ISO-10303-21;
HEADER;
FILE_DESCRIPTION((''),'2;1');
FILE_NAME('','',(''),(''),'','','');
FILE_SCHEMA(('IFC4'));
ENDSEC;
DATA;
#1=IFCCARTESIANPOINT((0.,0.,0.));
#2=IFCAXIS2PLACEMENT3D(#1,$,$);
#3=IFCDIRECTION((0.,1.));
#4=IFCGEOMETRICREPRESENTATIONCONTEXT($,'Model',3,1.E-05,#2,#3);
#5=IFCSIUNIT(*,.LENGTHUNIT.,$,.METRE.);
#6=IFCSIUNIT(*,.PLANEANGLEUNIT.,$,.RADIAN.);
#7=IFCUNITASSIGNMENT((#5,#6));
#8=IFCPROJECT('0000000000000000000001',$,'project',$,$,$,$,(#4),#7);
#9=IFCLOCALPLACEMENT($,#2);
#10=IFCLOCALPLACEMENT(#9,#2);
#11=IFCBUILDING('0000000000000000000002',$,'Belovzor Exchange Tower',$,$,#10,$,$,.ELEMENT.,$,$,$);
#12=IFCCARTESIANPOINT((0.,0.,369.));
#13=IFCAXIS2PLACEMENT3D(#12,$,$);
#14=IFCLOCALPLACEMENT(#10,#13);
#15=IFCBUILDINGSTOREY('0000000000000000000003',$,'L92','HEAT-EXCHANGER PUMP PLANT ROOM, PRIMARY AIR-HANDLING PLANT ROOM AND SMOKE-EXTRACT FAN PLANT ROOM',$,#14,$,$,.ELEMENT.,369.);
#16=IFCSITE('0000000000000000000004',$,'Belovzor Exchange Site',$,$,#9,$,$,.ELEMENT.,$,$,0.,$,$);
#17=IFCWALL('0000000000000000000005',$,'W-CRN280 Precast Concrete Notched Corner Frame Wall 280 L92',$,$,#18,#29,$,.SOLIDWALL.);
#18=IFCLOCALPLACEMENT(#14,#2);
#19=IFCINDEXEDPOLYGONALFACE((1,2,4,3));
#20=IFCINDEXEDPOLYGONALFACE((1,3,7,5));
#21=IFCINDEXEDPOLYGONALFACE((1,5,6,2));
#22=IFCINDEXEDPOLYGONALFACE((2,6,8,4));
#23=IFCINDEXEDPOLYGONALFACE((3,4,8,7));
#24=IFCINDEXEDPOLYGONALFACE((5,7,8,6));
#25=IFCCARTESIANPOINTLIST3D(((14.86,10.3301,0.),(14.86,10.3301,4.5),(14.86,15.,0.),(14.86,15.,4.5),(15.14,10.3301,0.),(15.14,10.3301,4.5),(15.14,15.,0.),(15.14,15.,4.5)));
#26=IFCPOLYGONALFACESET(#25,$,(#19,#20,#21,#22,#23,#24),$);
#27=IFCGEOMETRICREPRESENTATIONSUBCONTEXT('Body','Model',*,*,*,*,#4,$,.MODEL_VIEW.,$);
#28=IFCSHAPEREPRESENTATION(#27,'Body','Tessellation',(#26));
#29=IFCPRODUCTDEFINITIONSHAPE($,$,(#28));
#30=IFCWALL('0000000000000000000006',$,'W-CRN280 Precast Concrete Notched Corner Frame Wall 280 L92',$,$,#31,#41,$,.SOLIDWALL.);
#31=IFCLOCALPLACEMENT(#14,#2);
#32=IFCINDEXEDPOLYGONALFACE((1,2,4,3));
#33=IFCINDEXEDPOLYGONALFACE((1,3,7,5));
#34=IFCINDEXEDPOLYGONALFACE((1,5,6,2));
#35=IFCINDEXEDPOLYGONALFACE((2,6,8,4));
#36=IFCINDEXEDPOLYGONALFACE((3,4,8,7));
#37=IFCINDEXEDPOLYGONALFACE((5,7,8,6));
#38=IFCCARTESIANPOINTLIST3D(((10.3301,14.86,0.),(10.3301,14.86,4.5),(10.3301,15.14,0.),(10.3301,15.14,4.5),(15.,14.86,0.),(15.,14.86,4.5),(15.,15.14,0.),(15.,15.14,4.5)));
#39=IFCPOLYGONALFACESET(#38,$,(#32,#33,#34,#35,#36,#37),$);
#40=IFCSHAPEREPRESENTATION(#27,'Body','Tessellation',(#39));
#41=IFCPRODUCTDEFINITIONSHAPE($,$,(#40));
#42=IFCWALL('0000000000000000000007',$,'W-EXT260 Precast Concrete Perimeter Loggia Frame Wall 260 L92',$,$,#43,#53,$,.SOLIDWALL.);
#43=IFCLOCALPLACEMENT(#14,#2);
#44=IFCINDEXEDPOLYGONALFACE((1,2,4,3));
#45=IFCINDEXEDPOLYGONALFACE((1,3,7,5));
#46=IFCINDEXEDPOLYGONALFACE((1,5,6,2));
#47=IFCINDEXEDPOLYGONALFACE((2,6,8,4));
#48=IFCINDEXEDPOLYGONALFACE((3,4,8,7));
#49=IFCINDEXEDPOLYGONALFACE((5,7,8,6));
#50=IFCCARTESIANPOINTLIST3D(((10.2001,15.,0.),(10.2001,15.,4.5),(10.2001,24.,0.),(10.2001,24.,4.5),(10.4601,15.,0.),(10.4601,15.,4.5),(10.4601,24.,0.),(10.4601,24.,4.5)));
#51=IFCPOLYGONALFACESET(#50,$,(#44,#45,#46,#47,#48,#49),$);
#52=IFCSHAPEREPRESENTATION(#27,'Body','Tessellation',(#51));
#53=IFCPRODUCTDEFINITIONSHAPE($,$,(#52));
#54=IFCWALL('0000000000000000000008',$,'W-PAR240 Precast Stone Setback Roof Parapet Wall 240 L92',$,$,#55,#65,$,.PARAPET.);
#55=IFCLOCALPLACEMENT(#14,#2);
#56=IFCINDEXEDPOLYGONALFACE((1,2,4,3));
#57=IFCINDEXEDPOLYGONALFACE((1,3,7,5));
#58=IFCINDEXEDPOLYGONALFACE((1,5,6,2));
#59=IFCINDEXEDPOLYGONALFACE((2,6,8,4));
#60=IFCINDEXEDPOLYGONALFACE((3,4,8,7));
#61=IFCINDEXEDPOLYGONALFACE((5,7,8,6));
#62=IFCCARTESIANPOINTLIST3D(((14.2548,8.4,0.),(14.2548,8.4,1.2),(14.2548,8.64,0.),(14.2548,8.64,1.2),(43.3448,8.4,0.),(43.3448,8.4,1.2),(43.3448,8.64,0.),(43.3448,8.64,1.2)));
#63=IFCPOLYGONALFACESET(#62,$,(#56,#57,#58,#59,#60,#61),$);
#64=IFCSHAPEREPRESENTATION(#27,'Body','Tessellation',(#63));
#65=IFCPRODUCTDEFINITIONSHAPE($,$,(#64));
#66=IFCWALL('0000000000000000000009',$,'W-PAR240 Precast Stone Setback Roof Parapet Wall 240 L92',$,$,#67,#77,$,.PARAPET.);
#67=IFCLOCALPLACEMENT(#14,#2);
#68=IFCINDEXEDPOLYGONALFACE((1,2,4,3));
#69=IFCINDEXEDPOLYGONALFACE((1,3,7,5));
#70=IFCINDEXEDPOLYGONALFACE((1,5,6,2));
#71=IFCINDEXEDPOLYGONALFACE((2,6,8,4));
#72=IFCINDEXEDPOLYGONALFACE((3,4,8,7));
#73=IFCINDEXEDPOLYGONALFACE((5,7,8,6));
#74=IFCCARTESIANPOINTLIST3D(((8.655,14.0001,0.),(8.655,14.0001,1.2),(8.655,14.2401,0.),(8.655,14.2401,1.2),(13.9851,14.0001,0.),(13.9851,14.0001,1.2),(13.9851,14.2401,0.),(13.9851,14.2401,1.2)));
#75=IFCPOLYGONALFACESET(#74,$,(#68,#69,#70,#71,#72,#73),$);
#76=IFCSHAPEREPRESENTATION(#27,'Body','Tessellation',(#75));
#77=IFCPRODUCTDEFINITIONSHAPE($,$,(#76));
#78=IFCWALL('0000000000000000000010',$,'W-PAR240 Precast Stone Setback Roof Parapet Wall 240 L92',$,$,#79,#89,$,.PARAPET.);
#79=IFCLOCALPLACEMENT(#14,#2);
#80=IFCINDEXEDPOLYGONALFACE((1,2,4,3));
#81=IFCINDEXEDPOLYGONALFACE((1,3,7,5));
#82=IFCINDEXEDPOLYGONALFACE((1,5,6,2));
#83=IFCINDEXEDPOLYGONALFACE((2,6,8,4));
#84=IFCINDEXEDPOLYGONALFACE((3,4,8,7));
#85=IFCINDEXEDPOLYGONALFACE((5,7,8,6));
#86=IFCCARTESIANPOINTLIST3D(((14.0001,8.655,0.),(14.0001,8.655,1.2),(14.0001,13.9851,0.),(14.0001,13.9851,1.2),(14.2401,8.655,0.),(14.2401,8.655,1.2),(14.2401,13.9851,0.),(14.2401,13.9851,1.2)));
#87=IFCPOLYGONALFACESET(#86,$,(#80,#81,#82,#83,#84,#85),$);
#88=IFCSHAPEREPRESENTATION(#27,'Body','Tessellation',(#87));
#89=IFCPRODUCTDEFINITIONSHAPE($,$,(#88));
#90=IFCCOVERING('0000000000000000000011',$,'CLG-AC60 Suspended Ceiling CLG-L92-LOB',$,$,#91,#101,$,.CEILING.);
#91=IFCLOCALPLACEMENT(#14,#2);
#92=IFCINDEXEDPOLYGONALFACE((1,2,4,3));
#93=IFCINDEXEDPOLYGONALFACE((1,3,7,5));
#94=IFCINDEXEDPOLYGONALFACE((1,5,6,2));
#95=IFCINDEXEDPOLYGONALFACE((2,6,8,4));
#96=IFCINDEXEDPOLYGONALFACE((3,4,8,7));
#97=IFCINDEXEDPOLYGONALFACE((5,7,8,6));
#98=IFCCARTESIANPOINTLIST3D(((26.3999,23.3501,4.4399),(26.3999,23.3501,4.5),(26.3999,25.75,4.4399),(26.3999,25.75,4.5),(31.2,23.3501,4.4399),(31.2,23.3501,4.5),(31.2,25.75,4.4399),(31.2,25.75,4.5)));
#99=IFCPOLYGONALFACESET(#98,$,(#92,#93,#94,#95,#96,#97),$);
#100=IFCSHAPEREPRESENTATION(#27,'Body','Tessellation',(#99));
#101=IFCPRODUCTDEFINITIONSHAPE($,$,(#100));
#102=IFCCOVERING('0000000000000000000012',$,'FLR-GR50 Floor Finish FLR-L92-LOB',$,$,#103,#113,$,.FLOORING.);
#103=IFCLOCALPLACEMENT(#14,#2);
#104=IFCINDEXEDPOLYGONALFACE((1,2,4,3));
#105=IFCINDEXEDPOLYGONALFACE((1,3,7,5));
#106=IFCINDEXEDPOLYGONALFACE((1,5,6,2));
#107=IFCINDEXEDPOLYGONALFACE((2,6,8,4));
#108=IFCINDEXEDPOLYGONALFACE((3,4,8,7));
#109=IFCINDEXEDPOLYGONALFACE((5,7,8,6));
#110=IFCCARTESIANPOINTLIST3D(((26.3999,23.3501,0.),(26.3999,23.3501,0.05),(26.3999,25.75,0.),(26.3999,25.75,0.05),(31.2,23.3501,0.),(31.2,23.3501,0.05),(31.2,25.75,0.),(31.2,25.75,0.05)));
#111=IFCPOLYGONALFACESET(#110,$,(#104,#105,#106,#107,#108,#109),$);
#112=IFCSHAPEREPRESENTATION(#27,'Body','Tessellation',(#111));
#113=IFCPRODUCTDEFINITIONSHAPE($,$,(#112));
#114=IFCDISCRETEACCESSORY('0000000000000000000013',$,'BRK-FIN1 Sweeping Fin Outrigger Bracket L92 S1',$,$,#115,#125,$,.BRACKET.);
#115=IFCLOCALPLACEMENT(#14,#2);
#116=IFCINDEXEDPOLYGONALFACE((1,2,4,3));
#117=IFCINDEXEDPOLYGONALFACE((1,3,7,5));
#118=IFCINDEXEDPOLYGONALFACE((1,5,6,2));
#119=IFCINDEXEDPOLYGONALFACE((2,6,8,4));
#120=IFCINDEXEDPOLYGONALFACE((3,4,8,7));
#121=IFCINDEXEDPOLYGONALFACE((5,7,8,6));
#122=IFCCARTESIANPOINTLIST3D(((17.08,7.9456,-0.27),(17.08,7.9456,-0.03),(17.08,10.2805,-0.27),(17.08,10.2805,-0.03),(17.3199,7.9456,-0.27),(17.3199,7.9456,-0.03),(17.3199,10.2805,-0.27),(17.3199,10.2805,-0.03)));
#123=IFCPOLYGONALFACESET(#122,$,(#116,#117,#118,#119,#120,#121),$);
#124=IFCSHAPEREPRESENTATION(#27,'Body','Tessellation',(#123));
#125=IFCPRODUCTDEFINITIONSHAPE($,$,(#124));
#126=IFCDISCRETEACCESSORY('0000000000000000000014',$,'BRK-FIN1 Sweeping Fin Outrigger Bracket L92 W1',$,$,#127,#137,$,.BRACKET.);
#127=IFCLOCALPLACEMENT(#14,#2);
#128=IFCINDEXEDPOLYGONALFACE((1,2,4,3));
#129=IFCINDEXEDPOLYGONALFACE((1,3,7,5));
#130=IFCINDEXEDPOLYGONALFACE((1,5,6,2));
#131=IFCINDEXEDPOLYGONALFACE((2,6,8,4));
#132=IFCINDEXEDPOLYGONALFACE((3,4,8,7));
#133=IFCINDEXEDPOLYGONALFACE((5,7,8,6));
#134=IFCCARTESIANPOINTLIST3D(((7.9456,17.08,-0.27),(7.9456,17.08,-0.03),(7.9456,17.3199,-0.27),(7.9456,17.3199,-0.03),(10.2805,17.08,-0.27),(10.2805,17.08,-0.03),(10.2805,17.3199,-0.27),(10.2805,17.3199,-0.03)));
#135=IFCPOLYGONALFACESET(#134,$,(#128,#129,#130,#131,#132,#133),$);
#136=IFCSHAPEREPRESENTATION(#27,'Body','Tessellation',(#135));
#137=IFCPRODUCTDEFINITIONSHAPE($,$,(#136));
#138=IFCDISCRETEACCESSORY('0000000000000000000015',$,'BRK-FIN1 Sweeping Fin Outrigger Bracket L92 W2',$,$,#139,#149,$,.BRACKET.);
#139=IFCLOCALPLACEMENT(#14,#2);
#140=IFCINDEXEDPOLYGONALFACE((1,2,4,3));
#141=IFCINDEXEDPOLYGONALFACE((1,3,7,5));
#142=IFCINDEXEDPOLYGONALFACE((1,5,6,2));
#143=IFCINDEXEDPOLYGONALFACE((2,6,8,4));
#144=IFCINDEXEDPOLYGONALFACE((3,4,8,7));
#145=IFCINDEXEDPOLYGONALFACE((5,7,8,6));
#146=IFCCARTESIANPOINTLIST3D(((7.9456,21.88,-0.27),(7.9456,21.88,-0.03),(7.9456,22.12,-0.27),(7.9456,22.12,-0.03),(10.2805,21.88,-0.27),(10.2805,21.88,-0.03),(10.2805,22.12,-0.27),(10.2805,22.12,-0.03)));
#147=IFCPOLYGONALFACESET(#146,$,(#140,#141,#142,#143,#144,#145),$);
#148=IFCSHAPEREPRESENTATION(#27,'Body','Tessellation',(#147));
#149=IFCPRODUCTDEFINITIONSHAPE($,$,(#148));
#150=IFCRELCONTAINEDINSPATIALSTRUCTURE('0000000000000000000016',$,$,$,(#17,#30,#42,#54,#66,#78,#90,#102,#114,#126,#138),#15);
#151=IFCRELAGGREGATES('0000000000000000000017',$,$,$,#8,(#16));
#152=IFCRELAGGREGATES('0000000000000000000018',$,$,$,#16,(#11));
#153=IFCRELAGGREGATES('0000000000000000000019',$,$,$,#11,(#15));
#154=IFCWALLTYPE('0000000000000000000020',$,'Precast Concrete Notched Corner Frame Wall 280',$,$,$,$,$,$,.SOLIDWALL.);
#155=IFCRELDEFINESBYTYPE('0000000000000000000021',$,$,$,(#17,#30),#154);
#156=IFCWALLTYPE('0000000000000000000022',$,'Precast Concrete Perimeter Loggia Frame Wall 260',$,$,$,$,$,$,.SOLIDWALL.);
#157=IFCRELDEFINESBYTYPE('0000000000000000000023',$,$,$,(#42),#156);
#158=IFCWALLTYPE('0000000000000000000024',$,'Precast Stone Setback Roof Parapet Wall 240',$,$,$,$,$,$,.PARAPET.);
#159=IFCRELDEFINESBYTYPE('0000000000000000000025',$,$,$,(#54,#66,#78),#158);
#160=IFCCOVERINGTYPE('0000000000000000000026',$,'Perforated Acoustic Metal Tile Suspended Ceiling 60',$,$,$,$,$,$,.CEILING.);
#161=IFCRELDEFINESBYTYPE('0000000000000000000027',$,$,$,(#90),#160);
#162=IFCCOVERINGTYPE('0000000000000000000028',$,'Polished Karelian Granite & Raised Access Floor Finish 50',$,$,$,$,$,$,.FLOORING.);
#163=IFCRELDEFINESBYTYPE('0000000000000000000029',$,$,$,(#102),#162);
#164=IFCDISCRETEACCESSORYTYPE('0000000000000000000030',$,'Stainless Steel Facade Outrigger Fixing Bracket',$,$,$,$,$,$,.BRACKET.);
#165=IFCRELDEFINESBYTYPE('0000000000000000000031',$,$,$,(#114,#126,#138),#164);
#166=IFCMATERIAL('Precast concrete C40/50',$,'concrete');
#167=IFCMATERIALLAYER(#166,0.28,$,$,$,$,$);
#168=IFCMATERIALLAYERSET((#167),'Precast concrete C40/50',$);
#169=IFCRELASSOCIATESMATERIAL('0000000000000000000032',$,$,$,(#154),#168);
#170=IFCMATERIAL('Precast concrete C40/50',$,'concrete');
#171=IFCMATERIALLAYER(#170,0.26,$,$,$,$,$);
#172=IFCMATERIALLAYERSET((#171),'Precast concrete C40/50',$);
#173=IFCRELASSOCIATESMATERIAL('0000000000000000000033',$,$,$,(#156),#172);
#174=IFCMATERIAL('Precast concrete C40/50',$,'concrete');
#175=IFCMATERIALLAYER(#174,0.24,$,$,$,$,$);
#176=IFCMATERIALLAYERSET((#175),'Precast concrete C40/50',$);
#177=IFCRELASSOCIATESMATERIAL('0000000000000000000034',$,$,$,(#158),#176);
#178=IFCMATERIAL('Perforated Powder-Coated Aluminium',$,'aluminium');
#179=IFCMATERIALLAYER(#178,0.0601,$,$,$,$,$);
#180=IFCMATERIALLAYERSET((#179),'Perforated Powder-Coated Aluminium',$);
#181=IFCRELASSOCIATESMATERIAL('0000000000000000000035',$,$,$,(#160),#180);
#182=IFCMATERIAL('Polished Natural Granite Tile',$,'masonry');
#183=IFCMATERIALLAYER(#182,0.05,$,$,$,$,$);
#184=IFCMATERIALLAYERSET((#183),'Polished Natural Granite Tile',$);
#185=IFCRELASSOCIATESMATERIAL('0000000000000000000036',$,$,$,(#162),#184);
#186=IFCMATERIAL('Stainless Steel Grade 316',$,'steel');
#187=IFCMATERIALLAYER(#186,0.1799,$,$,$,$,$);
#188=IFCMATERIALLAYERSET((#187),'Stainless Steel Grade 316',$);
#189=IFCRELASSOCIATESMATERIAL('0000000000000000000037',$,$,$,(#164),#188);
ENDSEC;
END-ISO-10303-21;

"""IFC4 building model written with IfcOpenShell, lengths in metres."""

from ifc_helpers import new_model, si_unit, direction, frame, frame_2d, origin, origin_2d, place, context, subcontext, project, spatial, polyline, rectangle, outline, extrude, material, layer, layer_set, type_object, element, save


model = new_model("IFC4")

# Units and contexts
model_context = context("Model", 3, precision=1e-05, world=origin(), true_north=direction((0.0, 1.0)))
body_context = subcontext(model_context, "Body", "Model", "MODEL_VIEW")
ifc_project = project(units=[si_unit("LENGTHUNIT", "METRE"), si_unit("PLANEANGLEUNIT", "RADIAN")], contexts=[model_context])

# Site, building, storey
site_placement = place(None, origin())
site = spatial("IfcSite", under=ifc_project, at=site_placement, Name="Belovzor Exchange Site", CompositionType="ELEMENT", RefElevation=0.0)
building_placement = place(site_placement, origin())
building = spatial("IfcBuilding", under=site, at=building_placement, Name="Belovzor Exchange Tower", CompositionType="ELEMENT")
storey_placement = place(building_placement, frame((0.0, 0.0, 369.0)))
storey = spatial("IfcBuildingStorey", under=building, at=storey_placement, Name="L92", Description="HEAT-EXCHANGER PUMP PLANT ROOM, PRIMARY AIR-HANDLING PLANT ROOM AND SMOKE-EXTRACT FAN PLANT ROOM", CompositionType="ELEMENT", Elevation=369.0)

# Walls
ifc_material_1 = material(Name="Precast concrete C40/50", Category="concrete")
ifc_layer_1 = layer(ifc_material_1, 0.28)
ifc_layer_set_1 = layer_set([ifc_layer_1], Name="Precast concrete C40/50")
wall_type_1 = type_object("IfcWallType", Name="Precast Concrete Notched Corner Frame Wall 280", PredefinedType="SOLIDWALL", material=ifc_layer_set_1)
for number, where, z_axis, x_axis, name in (
    (1, (15.0, 10.3301, 0.0), (0.0, 0.0, 1.0), (0.0, 1.0, 0.0), "W-CRN280 Precast Concrete Notched Corner Frame Wall 280 L92"),
    (2, (15.0, 15.0, 0.0), (0.0, 0.0, 1.0), (-1.0, 0.0, 0.0), "W-CRN280 Precast Concrete Notched Corner Frame Wall 280 L92"),
):
    element("IfcWall", number, at=place(storey_placement, frame(where, z_axis=z_axis, x_axis=x_axis)), inside=storey, type_object=wall_type_1, Name=name, PredefinedType="SOLIDWALL", context=body_context, shape_type="SweptSolid", body=[
        extrude(rectangle(XDim=4.6699, YDim=0.28, at=frame_2d((2.335, 0.0))), origin(), (0.0, 0.0, 1.0), 4.5),
    ])
ifc_material_2 = material(Name="Precast concrete C40/50", Category="concrete")
ifc_layer_2 = layer(ifc_material_2, 0.26)
ifc_layer_set_2 = layer_set([ifc_layer_2], Name="Precast concrete C40/50")
wall_type_2 = type_object("IfcWallType", Name="Precast Concrete Perimeter Loggia Frame Wall 260", PredefinedType="SOLIDWALL", material=ifc_layer_set_2)
wall_1_placement = place(storey_placement, frame((10.3301, 15.0, 0.0), z_axis=(0.0, 0.0, 1.0), x_axis=(0.0, 1.0, 0.0)))
element("IfcWall", 3, at=wall_1_placement, inside=storey, type_object=wall_type_2, Name="W-EXT260 Precast Concrete Perimeter Loggia Frame Wall 260 L92", PredefinedType="SOLIDWALL", context=body_context, shape_type="SweptSolid", body=[
    extrude(rectangle(XDim=9.0, YDim=0.26, at=frame_2d((4.5, 0.0))), origin(), (0.0, 0.0, 1.0), 4.5),
])
ifc_material_3 = material(Name="Precast concrete C40/50", Category="concrete")
ifc_layer_3 = layer(ifc_material_3, 0.24)
ifc_layer_set_3 = layer_set([ifc_layer_3], Name="Precast concrete C40/50")
wall_type_3 = type_object("IfcWallType", Name="Precast Stone Setback Roof Parapet Wall 240", PredefinedType="PARAPET", material=ifc_layer_set_3)
wall_2_placement = place(storey_placement, frame((14.2549, 8.52, 0.0), z_axis=(0.0, 0.0, 1.0), x_axis=(1.0, 0.0, 0.0)))
element("IfcWall", 4, at=wall_2_placement, inside=storey, type_object=wall_type_3, Name="W-PAR240 Precast Stone Setback Roof Parapet Wall 240 L92", PredefinedType="PARAPET", context=body_context, shape_type="SweptSolid", body=[
    extrude(rectangle(XDim=29.0901, YDim=0.24, at=frame_2d((14.5449, 0.0))), origin(), (0.0, 0.0, 1.0), 1.2),
])
for number, where, z_axis, x_axis, name in (
    (5, (8.655, 14.1201, 0.0), (0.0, 0.0, 1.0), (1.0, 0.0, 0.0), "W-PAR240 Precast Stone Setback Roof Parapet Wall 240 L92"),
    (6, (14.1201, 13.9851, 0.0), (0.0, 0.0, 1.0), (0.0, -1.0, 0.0), "W-PAR240 Precast Stone Setback Roof Parapet Wall 240 L92"),
):
    element("IfcWall", number, at=place(storey_placement, frame(where, z_axis=z_axis, x_axis=x_axis)), inside=storey, type_object=wall_type_3, Name=name, PredefinedType="PARAPET", context=body_context, shape_type="SweptSolid", body=[
        extrude(rectangle(XDim=5.3301, YDim=0.24, at=frame_2d((2.665, 0.0))), origin(), (0.0, 0.0, 1.0), 1.2),
    ])

# Coverings
ifc_material_4 = material(Name="Perforated Powder-Coated Aluminium", Category="aluminium")
ifc_layer_4 = layer(ifc_material_4, 0.0601)
ifc_layer_set_4 = layer_set([ifc_layer_4], Name="Perforated Powder-Coated Aluminium")
covering_type_1 = type_object("IfcCoveringType", Name="Perforated Acoustic Metal Tile Suspended Ceiling 60", PredefinedType="CEILING", material=ifc_layer_set_4)
covering_1_placement = place(storey_placement, frame((0.0, 0.0, 4.4399)))
element("IfcCovering", 7, at=covering_1_placement, inside=storey, type_object=covering_type_1, Name="CLG-AC60 Suspended Ceiling CLG-L92-LOB", PredefinedType="CEILING", context=body_context, shape_type="SweptSolid", body=[
    extrude(outline(polyline([(26.3999, 23.3501), (31.2, 23.3501), (31.2, 25.75), (26.3999, 25.75), (26.3999, 23.3501)])), origin(), (0.0, 0.0, 1.0), 0.0601),
])
ifc_material_5 = material(Name="Polished Natural Granite Tile", Category="masonry")
ifc_layer_5 = layer(ifc_material_5, 0.05)
ifc_layer_set_5 = layer_set([ifc_layer_5], Name="Polished Natural Granite Tile")
covering_type_2 = type_object("IfcCoveringType", Name="Polished Karelian Granite & Raised Access Floor Finish 50", PredefinedType="FLOORING", material=ifc_layer_set_5)
covering_2_placement = place(storey_placement, origin())
element("IfcCovering", 8, at=covering_2_placement, inside=storey, type_object=covering_type_2, Name="FLR-GR50 Floor Finish FLR-L92-LOB", PredefinedType="FLOORING", context=body_context, shape_type="SweptSolid", body=[
    extrude(outline(polyline([(26.3999, 23.3501), (31.2, 23.3501), (31.2, 25.75), (26.3999, 25.75), (26.3999, 23.3501)])), origin(), (0.0, 0.0, 1.0), 0.05),
])

# Discrete accessories
ifc_material_6 = material(Name="Stainless Steel Grade 316", Category="steel")
ifc_layer_6 = layer(ifc_material_6, 0.1799)
ifc_layer_set_6 = layer_set([ifc_layer_6], Name="Stainless Steel Grade 316")
discrete_accessory_type = type_object("IfcDiscreteAccessoryType", Name="Stainless Steel Facade Outrigger Fixing Bracket", PredefinedType="BRACKET", material=ifc_layer_set_6)
for number, where, z_axis, x_axis, name in (
    (9, (17.2, 9.113, -0.27), (0.0, 0.0, 1.0), (0.0, 1.0, 0.0), "BRK-FIN1 Sweeping Fin Outrigger Bracket L92 S1"),
    (10, (9.113, 17.2, -0.27), (0.0, 0.0, 1.0), (1.0, 0.0, 0.0), "BRK-FIN1 Sweeping Fin Outrigger Bracket L92 W1"),
    (11, (9.113, 22.0, -0.27), (0.0, 0.0, 1.0), (1.0, 0.0, 0.0), "BRK-FIN1 Sweeping Fin Outrigger Bracket L92 W2"),
):
    element("IfcDiscreteAccessory", number, at=place(storey_placement, frame(where, z_axis=z_axis, x_axis=x_axis)), inside=storey, type_object=discrete_accessory_type, Name=name, PredefinedType="BRACKET", context=body_context, shape_type="SweptSolid", body=[
        extrude(rectangle(XDim=2.335, YDim=0.24, at=origin_2d()), origin(), (0.0, 0.0, 1.0), 0.24),
    ])

save(model, "model.ifc")
